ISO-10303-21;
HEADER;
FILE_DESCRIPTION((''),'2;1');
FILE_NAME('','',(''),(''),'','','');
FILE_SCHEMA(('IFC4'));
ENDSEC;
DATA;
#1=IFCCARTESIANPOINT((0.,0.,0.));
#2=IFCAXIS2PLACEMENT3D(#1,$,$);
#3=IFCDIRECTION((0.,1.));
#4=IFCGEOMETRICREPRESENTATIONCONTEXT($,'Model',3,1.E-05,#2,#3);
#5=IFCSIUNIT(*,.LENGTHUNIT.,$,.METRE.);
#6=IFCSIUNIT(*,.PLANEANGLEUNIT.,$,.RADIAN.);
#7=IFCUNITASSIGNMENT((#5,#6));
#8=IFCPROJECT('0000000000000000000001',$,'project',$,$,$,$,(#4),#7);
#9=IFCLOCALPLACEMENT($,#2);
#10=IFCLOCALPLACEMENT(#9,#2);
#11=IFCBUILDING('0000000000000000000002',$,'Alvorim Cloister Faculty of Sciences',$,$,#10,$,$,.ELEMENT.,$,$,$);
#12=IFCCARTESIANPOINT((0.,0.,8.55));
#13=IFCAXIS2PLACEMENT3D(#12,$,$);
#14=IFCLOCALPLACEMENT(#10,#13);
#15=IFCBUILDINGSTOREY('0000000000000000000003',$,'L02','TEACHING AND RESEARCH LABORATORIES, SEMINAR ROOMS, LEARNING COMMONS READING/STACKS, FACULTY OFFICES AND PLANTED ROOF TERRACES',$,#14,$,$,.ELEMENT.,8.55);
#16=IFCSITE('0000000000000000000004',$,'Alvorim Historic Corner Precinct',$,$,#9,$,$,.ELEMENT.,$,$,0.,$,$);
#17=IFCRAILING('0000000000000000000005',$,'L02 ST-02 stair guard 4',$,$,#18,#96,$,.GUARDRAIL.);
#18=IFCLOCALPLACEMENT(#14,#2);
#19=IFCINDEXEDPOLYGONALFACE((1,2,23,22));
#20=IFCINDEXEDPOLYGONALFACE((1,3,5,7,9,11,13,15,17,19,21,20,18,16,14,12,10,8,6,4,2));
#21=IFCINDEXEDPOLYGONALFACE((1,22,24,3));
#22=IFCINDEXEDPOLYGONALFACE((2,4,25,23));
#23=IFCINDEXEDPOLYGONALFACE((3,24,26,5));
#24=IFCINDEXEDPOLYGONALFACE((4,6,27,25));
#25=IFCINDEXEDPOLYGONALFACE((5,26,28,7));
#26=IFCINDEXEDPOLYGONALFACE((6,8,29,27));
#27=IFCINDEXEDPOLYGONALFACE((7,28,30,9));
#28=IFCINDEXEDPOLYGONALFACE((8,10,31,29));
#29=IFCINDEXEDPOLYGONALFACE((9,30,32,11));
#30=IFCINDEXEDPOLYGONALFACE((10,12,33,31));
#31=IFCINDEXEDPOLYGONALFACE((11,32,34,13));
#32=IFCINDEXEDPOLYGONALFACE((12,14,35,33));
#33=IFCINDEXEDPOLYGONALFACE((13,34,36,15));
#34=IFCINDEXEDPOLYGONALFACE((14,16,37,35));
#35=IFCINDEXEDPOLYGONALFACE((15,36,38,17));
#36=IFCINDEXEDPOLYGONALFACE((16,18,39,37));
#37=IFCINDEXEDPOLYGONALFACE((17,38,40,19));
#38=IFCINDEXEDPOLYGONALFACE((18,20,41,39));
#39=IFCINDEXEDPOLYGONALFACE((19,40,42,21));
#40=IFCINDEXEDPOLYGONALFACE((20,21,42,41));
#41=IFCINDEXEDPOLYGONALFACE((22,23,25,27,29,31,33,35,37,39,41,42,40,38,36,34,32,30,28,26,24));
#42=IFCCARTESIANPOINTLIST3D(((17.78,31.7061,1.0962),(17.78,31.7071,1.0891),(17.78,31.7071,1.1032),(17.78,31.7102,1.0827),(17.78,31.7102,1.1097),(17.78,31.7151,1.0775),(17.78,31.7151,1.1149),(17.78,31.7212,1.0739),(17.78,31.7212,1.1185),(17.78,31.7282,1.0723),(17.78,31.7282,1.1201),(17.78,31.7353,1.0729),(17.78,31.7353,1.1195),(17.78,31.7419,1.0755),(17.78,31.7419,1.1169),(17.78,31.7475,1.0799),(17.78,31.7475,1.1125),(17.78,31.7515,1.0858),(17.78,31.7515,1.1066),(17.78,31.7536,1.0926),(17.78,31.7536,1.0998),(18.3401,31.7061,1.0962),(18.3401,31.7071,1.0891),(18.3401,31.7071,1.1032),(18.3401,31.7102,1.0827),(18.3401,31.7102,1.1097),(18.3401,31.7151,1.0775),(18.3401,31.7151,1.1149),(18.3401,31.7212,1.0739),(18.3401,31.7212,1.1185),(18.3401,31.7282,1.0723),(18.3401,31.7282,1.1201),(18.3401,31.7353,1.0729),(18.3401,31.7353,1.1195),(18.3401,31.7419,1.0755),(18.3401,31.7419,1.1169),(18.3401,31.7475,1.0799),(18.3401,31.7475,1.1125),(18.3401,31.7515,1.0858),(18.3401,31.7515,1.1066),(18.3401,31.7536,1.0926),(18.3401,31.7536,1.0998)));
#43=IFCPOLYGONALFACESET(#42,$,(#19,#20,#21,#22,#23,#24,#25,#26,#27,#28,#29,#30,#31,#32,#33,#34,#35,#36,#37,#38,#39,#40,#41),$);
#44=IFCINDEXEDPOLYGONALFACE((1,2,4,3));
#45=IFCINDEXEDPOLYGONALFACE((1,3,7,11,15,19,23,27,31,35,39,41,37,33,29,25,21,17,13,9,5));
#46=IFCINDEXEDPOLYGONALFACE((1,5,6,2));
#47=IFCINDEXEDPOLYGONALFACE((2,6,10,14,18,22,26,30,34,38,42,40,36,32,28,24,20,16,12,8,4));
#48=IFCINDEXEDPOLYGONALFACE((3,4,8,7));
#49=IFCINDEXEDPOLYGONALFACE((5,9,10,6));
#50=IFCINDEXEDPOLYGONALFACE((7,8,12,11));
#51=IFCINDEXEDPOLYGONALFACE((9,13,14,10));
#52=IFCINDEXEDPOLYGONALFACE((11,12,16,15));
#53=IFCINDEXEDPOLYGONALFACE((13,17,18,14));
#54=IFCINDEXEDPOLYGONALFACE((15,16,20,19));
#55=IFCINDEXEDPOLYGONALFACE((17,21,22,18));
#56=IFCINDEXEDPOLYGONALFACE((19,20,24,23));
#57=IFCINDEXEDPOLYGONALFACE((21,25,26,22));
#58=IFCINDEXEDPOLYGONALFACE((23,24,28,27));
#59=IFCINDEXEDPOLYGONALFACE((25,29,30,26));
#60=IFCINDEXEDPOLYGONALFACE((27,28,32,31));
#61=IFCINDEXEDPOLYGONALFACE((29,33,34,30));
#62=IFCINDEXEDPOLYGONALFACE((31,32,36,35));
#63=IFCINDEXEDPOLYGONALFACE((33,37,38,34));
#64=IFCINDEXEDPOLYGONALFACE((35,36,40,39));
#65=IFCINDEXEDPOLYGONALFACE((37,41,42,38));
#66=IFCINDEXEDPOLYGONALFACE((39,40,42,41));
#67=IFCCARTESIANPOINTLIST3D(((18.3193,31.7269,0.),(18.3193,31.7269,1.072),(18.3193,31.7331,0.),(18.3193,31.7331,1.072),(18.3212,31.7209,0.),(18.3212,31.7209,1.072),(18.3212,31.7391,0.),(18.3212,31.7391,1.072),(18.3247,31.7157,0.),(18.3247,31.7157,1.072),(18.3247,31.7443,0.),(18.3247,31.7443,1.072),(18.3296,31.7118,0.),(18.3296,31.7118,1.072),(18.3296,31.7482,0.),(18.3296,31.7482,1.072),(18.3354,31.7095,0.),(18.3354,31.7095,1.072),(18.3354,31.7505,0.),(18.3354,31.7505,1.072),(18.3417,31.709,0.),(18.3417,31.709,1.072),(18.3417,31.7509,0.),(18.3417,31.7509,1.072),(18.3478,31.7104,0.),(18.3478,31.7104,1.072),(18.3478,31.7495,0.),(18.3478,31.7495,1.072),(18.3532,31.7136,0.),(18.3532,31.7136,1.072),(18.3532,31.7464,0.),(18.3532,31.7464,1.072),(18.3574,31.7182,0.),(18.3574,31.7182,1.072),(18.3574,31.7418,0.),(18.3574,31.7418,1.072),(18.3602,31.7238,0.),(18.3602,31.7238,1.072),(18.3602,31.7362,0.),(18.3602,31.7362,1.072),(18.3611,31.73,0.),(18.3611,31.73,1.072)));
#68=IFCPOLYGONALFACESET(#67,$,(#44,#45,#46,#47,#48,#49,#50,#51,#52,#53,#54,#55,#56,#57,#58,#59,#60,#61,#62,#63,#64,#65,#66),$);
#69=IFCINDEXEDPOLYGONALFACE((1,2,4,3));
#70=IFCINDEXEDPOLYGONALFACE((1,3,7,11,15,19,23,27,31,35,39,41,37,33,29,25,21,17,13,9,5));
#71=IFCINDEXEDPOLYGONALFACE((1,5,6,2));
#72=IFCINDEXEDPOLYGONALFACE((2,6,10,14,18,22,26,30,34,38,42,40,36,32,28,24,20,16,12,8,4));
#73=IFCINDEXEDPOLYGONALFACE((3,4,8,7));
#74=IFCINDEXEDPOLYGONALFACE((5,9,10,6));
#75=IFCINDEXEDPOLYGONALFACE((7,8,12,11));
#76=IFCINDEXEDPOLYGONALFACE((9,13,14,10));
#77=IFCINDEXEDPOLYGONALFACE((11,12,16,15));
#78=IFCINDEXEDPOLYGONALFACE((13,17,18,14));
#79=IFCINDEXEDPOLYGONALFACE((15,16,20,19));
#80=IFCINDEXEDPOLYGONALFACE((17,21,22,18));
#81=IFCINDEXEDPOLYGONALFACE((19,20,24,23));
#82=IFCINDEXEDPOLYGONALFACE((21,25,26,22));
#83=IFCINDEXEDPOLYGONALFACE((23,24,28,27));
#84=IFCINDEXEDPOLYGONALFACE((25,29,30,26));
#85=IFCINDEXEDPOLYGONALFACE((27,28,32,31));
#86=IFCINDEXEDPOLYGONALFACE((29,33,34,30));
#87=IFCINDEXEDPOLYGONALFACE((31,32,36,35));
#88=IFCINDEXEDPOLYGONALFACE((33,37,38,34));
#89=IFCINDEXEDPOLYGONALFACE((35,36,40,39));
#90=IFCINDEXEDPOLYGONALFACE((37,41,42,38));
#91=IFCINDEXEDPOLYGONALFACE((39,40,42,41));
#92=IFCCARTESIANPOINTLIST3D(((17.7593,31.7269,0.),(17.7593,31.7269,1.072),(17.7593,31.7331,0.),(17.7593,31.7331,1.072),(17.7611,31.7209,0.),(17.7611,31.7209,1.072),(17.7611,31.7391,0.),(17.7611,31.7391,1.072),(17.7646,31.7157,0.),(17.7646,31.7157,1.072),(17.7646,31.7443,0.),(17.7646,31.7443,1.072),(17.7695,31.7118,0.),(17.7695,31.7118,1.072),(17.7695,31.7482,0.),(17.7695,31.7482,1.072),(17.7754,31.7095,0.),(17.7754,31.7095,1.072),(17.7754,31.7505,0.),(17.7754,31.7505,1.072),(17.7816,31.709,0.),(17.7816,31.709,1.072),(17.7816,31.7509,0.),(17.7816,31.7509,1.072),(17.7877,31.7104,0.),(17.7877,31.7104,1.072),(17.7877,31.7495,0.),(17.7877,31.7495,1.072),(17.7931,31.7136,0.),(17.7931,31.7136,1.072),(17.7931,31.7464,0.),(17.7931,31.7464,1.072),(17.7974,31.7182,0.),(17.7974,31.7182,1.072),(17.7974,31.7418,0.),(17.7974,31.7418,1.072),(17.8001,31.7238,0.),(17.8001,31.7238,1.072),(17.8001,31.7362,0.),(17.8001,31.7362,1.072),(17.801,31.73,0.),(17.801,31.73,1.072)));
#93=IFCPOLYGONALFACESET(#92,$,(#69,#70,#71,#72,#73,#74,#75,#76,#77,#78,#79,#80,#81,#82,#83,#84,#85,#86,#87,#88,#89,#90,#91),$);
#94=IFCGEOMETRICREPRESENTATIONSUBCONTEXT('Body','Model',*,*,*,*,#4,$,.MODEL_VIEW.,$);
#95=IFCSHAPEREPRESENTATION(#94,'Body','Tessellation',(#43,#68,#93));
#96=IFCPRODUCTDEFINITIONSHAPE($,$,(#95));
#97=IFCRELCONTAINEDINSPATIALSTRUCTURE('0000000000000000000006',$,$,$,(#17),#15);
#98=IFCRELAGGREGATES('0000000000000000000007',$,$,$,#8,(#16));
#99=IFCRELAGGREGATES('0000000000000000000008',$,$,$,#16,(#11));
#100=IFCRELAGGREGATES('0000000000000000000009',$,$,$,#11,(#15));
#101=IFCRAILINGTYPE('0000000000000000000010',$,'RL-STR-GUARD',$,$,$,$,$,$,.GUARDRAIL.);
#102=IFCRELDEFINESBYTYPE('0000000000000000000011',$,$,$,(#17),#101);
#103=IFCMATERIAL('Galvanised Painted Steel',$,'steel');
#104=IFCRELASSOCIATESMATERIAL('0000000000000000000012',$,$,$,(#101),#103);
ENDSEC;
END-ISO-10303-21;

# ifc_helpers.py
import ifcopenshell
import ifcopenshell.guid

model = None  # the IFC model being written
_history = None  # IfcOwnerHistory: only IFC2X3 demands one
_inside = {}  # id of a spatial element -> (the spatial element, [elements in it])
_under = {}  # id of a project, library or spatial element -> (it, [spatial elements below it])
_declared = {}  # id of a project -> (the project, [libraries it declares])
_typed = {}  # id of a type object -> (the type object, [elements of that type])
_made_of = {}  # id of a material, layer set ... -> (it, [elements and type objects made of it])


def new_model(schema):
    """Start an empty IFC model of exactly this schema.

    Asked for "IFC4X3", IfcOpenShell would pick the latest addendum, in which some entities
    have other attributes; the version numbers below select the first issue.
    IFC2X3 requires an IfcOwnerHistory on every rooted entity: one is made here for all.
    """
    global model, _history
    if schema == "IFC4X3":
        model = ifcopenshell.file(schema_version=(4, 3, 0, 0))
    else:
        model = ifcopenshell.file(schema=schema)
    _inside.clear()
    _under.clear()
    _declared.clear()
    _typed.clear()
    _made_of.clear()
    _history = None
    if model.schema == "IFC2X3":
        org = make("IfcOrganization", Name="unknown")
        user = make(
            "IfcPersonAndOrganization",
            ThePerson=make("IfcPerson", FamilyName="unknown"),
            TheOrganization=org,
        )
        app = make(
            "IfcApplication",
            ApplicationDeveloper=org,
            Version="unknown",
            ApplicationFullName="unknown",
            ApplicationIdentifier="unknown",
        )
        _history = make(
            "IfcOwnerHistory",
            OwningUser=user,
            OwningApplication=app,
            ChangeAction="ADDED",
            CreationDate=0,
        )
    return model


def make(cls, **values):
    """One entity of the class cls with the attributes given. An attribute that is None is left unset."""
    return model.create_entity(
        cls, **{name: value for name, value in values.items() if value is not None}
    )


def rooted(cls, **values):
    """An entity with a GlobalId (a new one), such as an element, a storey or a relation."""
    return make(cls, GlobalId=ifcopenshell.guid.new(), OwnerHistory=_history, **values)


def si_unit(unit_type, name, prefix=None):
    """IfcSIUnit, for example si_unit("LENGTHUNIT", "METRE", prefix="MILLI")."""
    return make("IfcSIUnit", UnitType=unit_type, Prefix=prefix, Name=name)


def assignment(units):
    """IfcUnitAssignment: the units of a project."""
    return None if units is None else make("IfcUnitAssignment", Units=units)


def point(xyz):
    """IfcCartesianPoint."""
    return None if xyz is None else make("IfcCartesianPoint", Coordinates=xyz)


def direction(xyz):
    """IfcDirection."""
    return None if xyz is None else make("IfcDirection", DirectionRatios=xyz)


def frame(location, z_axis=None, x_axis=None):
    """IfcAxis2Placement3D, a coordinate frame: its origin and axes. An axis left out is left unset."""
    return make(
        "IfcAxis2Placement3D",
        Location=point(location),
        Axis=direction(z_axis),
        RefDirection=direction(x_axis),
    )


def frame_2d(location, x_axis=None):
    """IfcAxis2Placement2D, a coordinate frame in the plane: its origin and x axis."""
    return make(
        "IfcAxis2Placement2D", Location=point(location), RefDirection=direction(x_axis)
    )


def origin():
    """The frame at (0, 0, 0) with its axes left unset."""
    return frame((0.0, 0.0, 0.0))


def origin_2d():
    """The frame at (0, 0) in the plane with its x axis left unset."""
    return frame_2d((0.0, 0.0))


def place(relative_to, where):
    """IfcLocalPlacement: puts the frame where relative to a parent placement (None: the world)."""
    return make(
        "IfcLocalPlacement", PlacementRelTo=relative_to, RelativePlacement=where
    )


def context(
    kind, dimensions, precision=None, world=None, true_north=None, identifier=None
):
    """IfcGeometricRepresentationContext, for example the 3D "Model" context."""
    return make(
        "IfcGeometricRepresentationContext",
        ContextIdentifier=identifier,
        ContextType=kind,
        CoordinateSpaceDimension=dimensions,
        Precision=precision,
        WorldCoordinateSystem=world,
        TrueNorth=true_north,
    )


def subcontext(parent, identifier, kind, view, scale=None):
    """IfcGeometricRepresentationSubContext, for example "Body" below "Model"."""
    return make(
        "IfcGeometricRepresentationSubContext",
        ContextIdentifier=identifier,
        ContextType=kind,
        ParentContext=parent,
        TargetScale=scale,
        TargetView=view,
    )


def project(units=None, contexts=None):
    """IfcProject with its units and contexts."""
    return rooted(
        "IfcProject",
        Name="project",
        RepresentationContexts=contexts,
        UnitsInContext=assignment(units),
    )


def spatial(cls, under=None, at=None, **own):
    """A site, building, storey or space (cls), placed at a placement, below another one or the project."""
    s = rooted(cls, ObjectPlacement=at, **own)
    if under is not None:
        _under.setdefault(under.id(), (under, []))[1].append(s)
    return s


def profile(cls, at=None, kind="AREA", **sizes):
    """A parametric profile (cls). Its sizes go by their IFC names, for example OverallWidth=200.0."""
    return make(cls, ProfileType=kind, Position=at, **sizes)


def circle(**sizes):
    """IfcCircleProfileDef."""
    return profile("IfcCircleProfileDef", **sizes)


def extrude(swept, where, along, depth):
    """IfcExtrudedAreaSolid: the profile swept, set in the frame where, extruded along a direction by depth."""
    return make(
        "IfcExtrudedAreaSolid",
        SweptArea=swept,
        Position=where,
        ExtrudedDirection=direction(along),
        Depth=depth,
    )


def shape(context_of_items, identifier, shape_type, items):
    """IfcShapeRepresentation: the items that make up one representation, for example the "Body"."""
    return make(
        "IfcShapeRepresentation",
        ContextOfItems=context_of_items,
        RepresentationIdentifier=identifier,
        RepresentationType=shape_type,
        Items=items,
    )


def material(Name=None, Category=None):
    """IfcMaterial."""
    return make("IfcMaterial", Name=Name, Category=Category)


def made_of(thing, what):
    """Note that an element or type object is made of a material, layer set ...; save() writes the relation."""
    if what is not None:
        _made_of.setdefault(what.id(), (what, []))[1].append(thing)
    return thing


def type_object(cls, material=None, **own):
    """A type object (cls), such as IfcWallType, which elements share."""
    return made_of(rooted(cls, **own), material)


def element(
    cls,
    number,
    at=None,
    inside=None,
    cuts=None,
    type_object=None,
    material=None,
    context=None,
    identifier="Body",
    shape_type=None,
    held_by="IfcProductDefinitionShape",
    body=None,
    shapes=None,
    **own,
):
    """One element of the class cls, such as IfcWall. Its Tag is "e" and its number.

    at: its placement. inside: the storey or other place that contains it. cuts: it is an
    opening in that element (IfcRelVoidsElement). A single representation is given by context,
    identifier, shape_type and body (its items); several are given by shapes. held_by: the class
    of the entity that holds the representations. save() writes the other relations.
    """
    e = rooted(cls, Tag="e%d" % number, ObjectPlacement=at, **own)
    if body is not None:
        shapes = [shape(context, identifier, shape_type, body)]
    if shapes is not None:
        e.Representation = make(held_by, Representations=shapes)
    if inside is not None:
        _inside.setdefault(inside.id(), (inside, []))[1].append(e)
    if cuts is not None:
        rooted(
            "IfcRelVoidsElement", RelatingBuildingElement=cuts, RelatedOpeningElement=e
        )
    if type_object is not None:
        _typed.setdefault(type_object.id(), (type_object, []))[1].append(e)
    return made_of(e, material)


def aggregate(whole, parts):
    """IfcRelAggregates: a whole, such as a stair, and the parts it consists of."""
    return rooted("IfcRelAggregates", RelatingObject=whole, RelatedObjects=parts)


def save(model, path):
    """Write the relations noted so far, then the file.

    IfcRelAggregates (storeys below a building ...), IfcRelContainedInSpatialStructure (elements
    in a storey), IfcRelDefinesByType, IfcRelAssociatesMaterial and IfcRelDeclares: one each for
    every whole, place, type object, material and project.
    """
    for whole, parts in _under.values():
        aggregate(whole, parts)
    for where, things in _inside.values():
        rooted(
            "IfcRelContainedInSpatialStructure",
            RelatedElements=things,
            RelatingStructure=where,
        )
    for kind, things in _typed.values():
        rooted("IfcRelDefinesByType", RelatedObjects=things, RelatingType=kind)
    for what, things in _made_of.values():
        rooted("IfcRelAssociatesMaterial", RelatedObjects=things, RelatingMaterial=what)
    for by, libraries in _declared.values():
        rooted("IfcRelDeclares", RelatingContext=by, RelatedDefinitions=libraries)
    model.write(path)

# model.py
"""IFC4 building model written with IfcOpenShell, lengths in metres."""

from ifc_helpers import new_model, si_unit, direction, frame, origin, origin_2d, place, context, subcontext, project, spatial, circle, extrude, material, type_object, element, save


model = new_model("IFC4")

# Units and contexts
model_context = context("Model", 3, precision=1e-05, world=origin(), true_north=direction((0.0, 1.0)))
body_context = subcontext(model_context, "Body", "Model", "MODEL_VIEW")
ifc_project = project(units=[si_unit("LENGTHUNIT", "METRE"), si_unit("PLANEANGLEUNIT", "RADIAN")], contexts=[model_context])

# Site, building, storey
site_placement = place(None, origin())
site = spatial("IfcSite", under=ifc_project, at=site_placement, Name="Alvorim Historic Corner Precinct", CompositionType="ELEMENT", RefElevation=0.0)
building_placement = place(site_placement, origin())
building = spatial("IfcBuilding", under=site, at=building_placement, Name="Alvorim Cloister Faculty of Sciences", CompositionType="ELEMENT")
storey_placement = place(building_placement, frame((0.0, 0.0, 8.55)))
storey = spatial("IfcBuildingStorey", under=building, at=storey_placement, Name="L02", Description="TEACHING AND RESEARCH LABORATORIES, SEMINAR ROOMS, LEARNING COMMONS READING/STACKS, FACULTY OFFICES AND PLANTED ROOF TERRACES", CompositionType="ELEMENT", Elevation=8.55)

# Railing
ifc_material_1 = material(Name="Galvanised Painted Steel", Category="steel")
railing_type_1 = type_object("IfcRailingType", Name="RL-STR-GUARD", PredefinedType="GUARDRAIL", material=ifc_material_1)
railing_1_placement = place(storey_placement, frame((18.3401, 31.73, 0.0)))
element("IfcRailing", 1, at=railing_1_placement, inside=storey, type_object=railing_type_1, Name="L02 ST-02 stair guard 4", PredefinedType="GUARDRAIL", context=body_context, shape_type="SweptSolid", body=[
    extrude(circle(Radius=0.0239, at=origin_2d()), frame((0.0, 0.0, 1.0962), z_axis=(-1.0, 0.0, 0.0), x_axis=(0.0, -1.0, 0.0)), (0.0, 0.0, 1.0), 0.5601),
    extrude(circle(Radius=0.021, at=origin_2d()), origin(), (0.0, 0.0, 1.0), 1.072),
    extrude(circle(Radius=0.021, at=origin_2d()), frame((-0.5601, 0.0, 0.0)), (0.0, 0.0, 1.0), 1.072),
])

save(model, "model.ifc")
